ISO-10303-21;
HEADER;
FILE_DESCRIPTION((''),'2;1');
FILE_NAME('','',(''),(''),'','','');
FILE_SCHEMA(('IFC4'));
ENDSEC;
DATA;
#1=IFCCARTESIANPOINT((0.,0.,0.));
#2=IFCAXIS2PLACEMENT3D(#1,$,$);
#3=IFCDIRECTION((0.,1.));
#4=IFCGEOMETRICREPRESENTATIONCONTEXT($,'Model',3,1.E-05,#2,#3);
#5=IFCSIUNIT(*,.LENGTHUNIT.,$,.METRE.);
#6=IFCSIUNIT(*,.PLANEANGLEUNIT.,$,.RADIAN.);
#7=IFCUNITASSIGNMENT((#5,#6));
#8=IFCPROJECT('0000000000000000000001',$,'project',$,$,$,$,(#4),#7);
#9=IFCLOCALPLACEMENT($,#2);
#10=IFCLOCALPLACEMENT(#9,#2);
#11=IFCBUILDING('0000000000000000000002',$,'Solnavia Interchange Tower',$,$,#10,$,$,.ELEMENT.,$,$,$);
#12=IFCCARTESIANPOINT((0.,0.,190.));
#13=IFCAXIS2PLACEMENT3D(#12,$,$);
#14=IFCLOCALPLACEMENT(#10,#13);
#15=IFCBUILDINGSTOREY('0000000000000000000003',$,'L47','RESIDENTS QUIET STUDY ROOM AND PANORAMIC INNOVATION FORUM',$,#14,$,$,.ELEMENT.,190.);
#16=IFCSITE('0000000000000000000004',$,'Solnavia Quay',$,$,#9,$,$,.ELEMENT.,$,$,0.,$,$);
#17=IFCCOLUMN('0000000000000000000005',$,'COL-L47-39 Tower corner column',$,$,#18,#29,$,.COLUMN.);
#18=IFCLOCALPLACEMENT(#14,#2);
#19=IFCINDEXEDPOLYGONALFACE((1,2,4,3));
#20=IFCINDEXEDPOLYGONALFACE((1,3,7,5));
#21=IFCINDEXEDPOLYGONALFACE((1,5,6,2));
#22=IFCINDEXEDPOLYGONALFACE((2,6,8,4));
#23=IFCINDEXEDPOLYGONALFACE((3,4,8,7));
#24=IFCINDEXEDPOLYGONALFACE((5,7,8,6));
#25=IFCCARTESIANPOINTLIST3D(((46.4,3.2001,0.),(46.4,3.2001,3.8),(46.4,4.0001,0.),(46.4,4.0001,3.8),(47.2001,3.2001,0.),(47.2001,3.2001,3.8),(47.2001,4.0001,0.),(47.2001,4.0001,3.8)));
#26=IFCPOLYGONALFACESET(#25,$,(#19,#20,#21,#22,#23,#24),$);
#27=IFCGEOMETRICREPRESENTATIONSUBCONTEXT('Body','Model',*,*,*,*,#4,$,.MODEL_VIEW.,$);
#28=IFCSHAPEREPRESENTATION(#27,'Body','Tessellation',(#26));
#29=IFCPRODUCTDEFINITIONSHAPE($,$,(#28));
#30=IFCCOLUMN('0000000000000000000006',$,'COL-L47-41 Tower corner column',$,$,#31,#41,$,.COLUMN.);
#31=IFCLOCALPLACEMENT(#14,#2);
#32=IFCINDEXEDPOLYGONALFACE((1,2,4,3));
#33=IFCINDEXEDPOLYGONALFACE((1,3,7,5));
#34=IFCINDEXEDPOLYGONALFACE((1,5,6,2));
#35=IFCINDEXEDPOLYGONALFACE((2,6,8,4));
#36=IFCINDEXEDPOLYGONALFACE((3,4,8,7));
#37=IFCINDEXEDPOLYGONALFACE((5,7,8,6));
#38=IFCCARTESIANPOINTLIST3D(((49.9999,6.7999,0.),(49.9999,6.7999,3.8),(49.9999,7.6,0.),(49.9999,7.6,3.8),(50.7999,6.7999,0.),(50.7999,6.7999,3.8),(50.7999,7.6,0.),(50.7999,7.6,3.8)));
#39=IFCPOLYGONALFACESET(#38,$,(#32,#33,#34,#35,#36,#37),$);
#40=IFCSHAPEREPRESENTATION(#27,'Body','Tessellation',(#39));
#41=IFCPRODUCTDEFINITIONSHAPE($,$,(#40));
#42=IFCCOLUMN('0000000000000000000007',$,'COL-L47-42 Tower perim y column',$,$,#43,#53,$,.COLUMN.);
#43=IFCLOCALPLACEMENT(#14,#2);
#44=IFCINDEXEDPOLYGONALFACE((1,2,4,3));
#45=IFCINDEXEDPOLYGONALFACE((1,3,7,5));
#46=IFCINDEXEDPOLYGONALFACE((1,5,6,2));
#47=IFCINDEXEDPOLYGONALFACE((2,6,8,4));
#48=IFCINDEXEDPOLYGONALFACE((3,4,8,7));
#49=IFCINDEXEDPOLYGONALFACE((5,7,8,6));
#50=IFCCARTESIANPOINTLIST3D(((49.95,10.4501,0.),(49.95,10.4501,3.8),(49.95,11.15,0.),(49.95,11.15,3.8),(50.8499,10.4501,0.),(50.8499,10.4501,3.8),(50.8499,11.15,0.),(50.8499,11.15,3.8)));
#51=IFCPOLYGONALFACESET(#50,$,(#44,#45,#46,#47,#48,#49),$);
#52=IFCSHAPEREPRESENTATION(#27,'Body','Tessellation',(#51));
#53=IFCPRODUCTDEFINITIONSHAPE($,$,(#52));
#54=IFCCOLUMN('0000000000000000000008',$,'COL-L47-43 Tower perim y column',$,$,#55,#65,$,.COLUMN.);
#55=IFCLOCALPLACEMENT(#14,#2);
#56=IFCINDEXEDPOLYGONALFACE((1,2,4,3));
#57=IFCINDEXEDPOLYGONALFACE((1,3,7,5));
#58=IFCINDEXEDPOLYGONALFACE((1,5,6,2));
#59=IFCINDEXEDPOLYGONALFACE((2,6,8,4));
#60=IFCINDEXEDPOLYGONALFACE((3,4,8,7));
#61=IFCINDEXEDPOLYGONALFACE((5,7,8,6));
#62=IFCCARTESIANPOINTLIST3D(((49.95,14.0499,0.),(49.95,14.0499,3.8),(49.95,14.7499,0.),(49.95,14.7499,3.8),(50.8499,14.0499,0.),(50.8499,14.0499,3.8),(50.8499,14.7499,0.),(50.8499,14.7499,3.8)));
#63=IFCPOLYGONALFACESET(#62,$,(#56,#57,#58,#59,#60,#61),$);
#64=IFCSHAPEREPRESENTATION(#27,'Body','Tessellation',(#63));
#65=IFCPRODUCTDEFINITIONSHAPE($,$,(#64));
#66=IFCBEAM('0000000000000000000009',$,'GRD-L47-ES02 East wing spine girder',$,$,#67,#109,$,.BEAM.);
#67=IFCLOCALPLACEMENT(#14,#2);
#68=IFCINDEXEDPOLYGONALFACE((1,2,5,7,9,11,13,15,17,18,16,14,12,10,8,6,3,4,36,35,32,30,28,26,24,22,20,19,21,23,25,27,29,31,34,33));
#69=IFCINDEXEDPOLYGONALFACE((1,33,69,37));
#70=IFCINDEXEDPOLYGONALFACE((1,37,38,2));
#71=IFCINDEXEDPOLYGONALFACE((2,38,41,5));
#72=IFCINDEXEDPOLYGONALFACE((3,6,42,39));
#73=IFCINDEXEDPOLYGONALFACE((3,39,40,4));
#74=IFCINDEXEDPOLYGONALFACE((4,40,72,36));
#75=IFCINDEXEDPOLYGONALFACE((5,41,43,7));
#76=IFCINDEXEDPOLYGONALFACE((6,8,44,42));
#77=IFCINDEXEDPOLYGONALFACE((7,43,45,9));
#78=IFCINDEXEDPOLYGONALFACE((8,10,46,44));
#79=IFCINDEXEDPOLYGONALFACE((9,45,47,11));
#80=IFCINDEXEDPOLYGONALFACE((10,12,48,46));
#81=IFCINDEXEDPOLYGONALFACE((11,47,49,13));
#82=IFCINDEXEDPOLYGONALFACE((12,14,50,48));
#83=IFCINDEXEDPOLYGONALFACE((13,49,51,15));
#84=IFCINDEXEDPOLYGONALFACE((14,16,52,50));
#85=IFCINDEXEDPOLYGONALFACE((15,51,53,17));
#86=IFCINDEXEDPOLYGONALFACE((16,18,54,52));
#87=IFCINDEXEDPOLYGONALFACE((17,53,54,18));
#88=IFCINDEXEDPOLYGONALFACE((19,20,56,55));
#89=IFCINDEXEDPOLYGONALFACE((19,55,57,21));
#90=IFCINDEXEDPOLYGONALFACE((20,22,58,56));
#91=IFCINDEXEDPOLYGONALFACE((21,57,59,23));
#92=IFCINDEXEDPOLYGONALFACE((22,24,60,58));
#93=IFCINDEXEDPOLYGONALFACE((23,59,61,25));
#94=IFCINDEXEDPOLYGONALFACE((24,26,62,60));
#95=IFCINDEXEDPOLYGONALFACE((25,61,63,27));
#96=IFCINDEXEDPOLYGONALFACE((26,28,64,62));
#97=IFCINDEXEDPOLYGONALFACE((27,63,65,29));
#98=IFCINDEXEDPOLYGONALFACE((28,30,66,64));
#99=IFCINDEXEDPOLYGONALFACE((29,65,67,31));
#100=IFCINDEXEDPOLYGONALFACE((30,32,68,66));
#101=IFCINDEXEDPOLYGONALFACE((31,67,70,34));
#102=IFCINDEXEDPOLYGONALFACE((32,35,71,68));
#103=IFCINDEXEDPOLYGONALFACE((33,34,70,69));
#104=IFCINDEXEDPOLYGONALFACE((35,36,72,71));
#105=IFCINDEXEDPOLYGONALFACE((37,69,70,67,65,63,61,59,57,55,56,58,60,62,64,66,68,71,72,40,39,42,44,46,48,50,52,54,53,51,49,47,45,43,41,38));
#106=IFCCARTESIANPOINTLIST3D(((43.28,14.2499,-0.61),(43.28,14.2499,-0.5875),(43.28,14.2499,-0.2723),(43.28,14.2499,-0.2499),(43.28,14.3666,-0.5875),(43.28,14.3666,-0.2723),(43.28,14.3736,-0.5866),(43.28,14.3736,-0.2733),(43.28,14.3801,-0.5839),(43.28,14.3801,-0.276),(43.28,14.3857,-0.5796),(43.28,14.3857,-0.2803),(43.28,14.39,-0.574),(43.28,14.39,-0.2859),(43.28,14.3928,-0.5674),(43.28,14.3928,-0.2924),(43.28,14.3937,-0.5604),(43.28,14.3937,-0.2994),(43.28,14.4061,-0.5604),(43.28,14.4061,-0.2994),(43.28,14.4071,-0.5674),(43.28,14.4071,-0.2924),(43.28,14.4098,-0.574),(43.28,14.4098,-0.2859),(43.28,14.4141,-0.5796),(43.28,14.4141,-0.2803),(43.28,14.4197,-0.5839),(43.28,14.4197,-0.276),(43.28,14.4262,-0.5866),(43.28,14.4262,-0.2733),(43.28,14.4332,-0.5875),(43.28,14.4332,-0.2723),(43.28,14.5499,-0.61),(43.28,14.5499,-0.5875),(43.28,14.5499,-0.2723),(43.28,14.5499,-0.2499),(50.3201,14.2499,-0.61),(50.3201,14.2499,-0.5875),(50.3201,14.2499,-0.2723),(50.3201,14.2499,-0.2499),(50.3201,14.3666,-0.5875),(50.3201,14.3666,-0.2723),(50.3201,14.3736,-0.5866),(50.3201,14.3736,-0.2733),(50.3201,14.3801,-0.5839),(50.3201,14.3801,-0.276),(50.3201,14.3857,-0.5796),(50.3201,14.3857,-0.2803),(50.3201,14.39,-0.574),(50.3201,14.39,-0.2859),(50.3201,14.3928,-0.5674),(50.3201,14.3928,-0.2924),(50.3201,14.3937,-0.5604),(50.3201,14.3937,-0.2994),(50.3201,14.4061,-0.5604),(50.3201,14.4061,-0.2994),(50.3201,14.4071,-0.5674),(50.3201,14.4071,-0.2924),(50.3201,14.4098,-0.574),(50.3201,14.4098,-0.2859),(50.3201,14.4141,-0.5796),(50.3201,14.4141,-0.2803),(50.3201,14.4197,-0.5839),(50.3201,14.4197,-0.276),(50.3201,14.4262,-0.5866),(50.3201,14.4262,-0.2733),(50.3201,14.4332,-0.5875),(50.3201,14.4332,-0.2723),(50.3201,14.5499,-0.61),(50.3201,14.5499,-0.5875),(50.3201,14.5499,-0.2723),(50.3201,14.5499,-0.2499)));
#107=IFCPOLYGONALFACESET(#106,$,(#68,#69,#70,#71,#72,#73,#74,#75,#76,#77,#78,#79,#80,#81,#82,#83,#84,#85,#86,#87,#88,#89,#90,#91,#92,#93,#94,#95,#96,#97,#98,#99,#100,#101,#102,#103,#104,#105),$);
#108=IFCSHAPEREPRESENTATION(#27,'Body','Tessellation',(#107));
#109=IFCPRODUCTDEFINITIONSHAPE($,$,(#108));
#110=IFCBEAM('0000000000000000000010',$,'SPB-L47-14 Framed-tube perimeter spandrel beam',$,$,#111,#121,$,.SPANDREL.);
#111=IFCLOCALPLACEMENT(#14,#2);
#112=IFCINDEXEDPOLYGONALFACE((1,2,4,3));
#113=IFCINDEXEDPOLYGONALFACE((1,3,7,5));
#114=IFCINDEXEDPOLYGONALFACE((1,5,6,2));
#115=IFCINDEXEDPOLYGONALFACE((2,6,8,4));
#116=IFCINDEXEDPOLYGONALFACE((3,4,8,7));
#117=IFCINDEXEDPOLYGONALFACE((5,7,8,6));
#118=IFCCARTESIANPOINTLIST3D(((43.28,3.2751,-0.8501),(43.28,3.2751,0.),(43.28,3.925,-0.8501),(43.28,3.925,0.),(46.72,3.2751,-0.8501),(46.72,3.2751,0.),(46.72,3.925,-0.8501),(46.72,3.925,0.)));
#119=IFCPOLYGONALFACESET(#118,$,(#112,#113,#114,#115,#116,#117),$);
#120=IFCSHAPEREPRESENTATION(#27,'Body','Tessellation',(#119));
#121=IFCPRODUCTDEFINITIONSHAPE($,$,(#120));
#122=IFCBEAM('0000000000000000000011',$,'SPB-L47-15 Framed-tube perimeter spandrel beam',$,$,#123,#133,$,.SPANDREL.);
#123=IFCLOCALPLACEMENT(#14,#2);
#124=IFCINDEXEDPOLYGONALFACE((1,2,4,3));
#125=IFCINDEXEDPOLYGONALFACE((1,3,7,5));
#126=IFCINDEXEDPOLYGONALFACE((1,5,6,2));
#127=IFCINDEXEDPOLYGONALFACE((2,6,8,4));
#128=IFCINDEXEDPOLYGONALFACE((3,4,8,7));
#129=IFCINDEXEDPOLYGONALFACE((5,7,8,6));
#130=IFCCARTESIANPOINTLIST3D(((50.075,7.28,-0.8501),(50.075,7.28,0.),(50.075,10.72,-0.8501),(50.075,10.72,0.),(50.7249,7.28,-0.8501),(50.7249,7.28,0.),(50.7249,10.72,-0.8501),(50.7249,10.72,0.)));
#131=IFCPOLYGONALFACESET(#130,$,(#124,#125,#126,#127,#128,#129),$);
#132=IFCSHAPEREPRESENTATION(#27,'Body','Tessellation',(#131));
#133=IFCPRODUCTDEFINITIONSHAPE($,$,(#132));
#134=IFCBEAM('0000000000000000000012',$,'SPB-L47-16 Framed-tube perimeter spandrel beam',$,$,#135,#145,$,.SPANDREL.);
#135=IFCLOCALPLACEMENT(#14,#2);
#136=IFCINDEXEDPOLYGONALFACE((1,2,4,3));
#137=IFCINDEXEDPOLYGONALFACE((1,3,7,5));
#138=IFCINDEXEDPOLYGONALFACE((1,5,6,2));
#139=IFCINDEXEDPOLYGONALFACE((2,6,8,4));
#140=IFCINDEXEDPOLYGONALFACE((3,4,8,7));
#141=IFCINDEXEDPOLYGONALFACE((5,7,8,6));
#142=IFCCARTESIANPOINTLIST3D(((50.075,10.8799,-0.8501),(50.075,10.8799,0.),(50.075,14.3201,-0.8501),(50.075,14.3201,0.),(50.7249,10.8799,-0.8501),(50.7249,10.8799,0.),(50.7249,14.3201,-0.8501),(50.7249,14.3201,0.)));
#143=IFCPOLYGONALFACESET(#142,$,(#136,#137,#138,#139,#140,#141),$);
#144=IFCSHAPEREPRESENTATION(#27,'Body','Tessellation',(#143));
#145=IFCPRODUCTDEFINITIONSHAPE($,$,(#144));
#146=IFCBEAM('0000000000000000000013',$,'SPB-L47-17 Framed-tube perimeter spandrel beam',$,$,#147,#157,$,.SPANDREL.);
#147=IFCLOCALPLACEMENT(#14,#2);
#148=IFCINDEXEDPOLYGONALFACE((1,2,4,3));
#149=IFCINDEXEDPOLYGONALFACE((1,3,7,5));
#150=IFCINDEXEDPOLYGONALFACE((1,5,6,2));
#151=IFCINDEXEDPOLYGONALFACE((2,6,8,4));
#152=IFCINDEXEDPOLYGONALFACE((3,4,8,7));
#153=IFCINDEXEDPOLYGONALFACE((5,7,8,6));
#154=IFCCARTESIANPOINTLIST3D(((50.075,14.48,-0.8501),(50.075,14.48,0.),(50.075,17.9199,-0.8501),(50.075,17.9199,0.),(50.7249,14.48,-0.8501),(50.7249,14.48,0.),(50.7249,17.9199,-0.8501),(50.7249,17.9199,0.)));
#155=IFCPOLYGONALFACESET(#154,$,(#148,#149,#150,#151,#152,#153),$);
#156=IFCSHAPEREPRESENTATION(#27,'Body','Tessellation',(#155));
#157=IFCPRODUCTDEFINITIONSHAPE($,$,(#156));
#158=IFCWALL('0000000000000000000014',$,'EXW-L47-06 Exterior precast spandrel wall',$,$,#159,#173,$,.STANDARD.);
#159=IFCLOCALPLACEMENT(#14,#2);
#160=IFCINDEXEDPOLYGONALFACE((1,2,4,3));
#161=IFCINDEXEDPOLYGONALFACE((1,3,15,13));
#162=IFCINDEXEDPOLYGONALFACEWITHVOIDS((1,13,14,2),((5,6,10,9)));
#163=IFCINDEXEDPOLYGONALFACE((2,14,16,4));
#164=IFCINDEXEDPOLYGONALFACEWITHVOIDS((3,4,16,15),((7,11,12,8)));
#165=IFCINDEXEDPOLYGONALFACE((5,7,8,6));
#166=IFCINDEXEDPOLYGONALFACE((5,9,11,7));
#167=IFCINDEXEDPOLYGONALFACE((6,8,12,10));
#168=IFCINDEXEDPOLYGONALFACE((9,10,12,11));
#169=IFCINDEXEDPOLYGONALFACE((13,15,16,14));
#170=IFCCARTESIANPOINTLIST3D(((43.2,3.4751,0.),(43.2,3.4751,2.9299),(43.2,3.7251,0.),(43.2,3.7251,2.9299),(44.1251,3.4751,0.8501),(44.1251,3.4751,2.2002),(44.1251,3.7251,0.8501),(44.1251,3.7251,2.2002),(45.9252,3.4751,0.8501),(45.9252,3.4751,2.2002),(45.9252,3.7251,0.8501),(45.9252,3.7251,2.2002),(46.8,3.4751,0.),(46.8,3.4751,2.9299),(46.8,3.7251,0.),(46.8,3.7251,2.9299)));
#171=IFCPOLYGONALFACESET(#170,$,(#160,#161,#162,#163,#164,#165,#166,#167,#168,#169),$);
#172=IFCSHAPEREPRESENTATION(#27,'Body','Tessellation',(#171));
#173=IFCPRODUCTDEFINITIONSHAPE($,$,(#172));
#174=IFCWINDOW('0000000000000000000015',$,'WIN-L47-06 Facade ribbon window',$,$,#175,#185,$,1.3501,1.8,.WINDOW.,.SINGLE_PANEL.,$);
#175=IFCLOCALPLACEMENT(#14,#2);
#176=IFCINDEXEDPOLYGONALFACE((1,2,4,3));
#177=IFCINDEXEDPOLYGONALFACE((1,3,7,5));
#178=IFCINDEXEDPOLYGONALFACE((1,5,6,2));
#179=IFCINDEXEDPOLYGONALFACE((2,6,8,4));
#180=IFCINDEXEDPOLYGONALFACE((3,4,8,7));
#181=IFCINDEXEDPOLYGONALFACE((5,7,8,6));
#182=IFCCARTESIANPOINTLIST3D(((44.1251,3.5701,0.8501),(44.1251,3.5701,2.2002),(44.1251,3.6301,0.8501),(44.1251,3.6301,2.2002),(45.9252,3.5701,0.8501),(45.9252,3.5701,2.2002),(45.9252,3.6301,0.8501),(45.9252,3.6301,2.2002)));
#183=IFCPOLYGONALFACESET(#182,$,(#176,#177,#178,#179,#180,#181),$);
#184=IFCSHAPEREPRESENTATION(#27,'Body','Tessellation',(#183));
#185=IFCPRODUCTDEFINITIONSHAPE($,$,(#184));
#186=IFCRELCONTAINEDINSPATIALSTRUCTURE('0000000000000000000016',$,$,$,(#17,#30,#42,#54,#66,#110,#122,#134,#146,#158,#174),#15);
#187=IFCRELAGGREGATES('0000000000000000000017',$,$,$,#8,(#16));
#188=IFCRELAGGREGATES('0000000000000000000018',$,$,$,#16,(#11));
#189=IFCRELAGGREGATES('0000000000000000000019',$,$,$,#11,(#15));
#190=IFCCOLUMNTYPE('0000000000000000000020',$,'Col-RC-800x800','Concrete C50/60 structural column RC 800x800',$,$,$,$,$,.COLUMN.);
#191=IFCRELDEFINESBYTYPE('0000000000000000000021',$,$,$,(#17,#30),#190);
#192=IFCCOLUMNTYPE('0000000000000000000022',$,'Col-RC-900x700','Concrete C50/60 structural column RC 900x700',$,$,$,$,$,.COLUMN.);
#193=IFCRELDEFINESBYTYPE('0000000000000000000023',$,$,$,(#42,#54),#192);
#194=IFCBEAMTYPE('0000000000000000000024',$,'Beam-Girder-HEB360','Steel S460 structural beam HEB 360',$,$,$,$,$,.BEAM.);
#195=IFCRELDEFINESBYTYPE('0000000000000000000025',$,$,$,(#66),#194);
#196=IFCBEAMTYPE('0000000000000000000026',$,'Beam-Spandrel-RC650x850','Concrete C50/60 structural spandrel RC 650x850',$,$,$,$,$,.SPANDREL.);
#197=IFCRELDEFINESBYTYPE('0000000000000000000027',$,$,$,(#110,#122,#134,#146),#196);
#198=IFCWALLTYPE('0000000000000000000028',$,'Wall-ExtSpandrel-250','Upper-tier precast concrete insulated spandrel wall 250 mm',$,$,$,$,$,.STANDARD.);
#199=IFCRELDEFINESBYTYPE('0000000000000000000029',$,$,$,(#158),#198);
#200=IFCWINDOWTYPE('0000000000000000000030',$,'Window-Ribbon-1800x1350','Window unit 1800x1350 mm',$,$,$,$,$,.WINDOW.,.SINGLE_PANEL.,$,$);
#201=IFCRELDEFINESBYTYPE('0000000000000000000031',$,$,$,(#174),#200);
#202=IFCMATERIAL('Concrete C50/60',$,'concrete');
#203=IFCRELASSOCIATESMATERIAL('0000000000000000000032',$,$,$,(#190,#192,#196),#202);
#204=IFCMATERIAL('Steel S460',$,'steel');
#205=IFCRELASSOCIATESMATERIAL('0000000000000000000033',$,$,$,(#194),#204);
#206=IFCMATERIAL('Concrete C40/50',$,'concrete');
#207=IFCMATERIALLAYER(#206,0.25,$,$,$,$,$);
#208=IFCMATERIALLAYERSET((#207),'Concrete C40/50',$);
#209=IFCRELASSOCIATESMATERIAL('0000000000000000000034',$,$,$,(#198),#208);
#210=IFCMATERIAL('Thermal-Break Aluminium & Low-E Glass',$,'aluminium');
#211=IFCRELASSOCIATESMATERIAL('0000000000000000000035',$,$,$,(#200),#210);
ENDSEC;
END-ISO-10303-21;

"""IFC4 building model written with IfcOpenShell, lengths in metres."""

from ifc_helpers import new_model, si_unit, direction, frame, frame_2d, origin, origin_2d, place, context, subcontext, project, spatial, rectangle, i_section, extrude, material, layer, layer_set, material_profile, profile_set, type_object, element, fill, save


model = new_model("IFC4")

# Units and contexts
model_context = context("Model", 3, precision=1e-05, world=origin(), true_north=direction((0.0, 1.0)))
body_context = subcontext(model_context, "Body", "Model", "MODEL_VIEW")
ifc_project = project(units=[si_unit("LENGTHUNIT", "METRE"), si_unit("PLANEANGLEUNIT", "RADIAN")], contexts=[model_context])

# Site, building, storey
site_placement = place(None, origin())
site = spatial("IfcSite", under=ifc_project, at=site_placement, Name="Solnavia Quay", CompositionType="ELEMENT", RefElevation=0.0)
building_placement = place(site_placement, origin())
building = spatial("IfcBuilding", under=site, at=building_placement, Name="Solnavia Interchange Tower", CompositionType="ELEMENT")
storey_placement = place(building_placement, frame((0.0, 0.0, 190.0)))
storey = spatial("IfcBuildingStorey", under=building, at=storey_placement, Name="L47", Description="RESIDENTS QUIET STUDY ROOM AND PANORAMIC INNOVATION FORUM", CompositionType="ELEMENT", Elevation=190.0)

# Columns
ifc_material_1 = material(Name="Concrete C50/60", Category="concrete")
ifc_material_profile_1 = material_profile(ifc_material_1, rectangle(XDim=0.8, YDim=0.8, at=origin_2d()), Name="RC 800x800")
ifc_profile_set_1 = profile_set([ifc_material_profile_1], Name="Concrete C50/60")
column_type_1 = type_object("IfcColumnType", Name="Col-RC-800x800", Description="Concrete C50/60 structural column RC 800x800", PredefinedType="COLUMN", material=ifc_profile_set_1)
for number, where, z_axis, x_axis, name in (
    (1, (46.8, 3.6001, 0.0), (0.0, 0.0, 1.0), (1.0, 0.0, 0.0), "COL-L47-39 Tower corner column"),
    (2, (50.3999, 7.2, 0.0), (0.0, 0.0, 1.0), (1.0, 0.0, 0.0), "COL-L47-41 Tower corner column"),
):
    element("IfcColumn", number, at=place(storey_placement, frame(where, z_axis=z_axis, x_axis=x_axis)), inside=storey, type_object=column_type_1, Name=name, PredefinedType="COLUMN", context=body_context, shape_type="SweptSolid", body=[
        extrude(rectangle(XDim=0.8, YDim=0.8, at=origin_2d()), origin(), (0.0, 0.0, 1.0), 3.8),
    ])
ifc_material_profile_2 = material_profile(ifc_material_1, rectangle(XDim=0.7, YDim=0.8999, at=origin_2d()), Name="RC 900x700")
ifc_profile_set_2 = profile_set([ifc_material_profile_2], Name="Concrete C50/60")
column_type_2 = type_object("IfcColumnType", Name="Col-RC-900x700", Description="Concrete C50/60 structural column RC 900x700", PredefinedType="COLUMN", material=ifc_profile_set_2)
for number, where, z_axis, x_axis, name in (
    (3, (50.3999, 10.8, 0.0), (0.0, 0.0, 1.0), (0.0, 1.0, 0.0), "COL-L47-42 Tower perim y column"),
    (4, (50.3999, 14.3999, 0.0), (0.0, 0.0, 1.0), (0.0, 1.0, 0.0), "COL-L47-43 Tower perim y column"),
):
    element("IfcColumn", number, at=place(storey_placement, frame(where, z_axis=z_axis, x_axis=x_axis)), inside=storey, type_object=column_type_2, Name=name, PredefinedType="COLUMN", context=body_context, shape_type="SweptSolid", body=[
        extrude(rectangle(XDim=0.7, YDim=0.8999, at=origin_2d()), origin(), (0.0, 0.0, 1.0), 3.8),
    ])

# Beams
ifc_material_2 = material(Name="Steel S460", Category="steel")
ifc_material_profile_3 = material_profile(ifc_material_2, i_section(OverallWidth=0.3, OverallDepth=0.3601, WebThickness=0.0125, FlangeThickness=0.0225, FilletRadius=0.0271, at=origin_2d()), Name="HEB 360")
ifc_profile_set_3 = profile_set([ifc_material_profile_3], Name="Steel S460")
beam_type_1 = type_object("IfcBeamType", Name="Beam-Girder-HEB360", Description="Steel S460 structural beam HEB 360", PredefinedType="BEAM", material=ifc_profile_set_3)
beam_1_placement = place(storey_placement, frame((43.28, 14.3999, -0.4299), z_axis=(1.0, 0.0, 0.0), x_axis=(0.0, 1.0, 0.0)))
element("IfcBeam", 5, at=beam_1_placement, inside=storey, type_object=beam_type_1, Name="GRD-L47-ES02 East wing spine girder", PredefinedType="BEAM", context=body_context, shape_type="SweptSolid", body=[
    extrude(i_section(OverallWidth=0.3, OverallDepth=0.3601, WebThickness=0.0125, FlangeThickness=0.0225, FilletRadius=0.0271, at=origin_2d()), origin(), (0.0, 0.0, 1.0), 7.04),
])
ifc_material_profile_4 = material_profile(ifc_material_1, rectangle(XDim=0.6499, YDim=0.8501, at=origin_2d()), Name="RC 650x850")
ifc_profile_set_4 = profile_set([ifc_material_profile_4], Name="Concrete C50/60")
beam_type_2 = type_object("IfcBeamType", Name="Beam-Spandrel-RC650x850", Description="Concrete C50/60 structural spandrel RC 650x850", PredefinedType="SPANDREL", material=ifc_profile_set_4)
for number, where, z_axis, x_axis, name in (
    (6, (43.28, 3.6001, -0.425), (1.0, 0.0, 0.0), (0.0, 1.0, 0.0), "SPB-L47-14 Framed-tube perimeter spandrel beam"),
    (7, (50.3999, 7.28, -0.425), (0.0, 1.0, 0.0), (-1.0, 0.0, 0.0), "SPB-L47-15 Framed-tube perimeter spandrel beam"),
):
    element("IfcBeam", number, at=place(storey_placement, frame(where, z_axis=z_axis, x_axis=x_axis)), inside=storey, type_object=beam_type_2, Name=name, PredefinedType="SPANDREL", context=body_context, shape_type="SweptSolid", body=[
        extrude(rectangle(XDim=0.6499, YDim=0.8501, at=origin_2d()), origin(), (0.0, 0.0, 1.0), 3.4399),
    ])
beam_2_placement = place(storey_placement, frame((50.3999, 10.8799, -0.425), z_axis=(0.0, 1.0, 0.0), x_axis=(-1.0, 0.0, 0.0)))
element("IfcBeam", 8, at=beam_2_placement, inside=storey, type_object=beam_type_2, Name="SPB-L47-16 Framed-tube perimeter spandrel beam", PredefinedType="SPANDREL", context=body_context, shape_type="SweptSolid", body=[
    extrude(rectangle(XDim=0.6499, YDim=0.8501, at=origin_2d()), origin(), (0.0, 0.0, 1.0), 3.4402),
])
beam_3_placement = place(storey_placement, frame((50.3999, 14.48, -0.425), z_axis=(0.0, 1.0, 0.0), x_axis=(-1.0, 0.0, 0.0)))
element("IfcBeam", 9, at=beam_3_placement, inside=storey, type_object=beam_type_2, Name="SPB-L47-17 Framed-tube perimeter spandrel beam", PredefinedType="SPANDREL", context=body_context, shape_type="SweptSolid", body=[
    extrude(rectangle(XDim=0.6499, YDim=0.8501, at=origin_2d()), origin(), (0.0, 0.0, 1.0), 3.4399),
])

# Wall, opening, window
ifc_material_3 = material(Name="Concrete C40/50", Category="concrete")
ifc_layer_1 = layer(ifc_material_3, 0.25)
ifc_layer_set_1 = layer_set([ifc_layer_1], Name="Concrete C40/50")
wall_type = type_object("IfcWallType", Name="Wall-ExtSpandrel-250", Description="Upper-tier precast concrete insulated spandrel wall 250 mm", PredefinedType="STANDARD", material=ifc_layer_set_1)
wall_1_placement = place(storey_placement, frame((46.8, 3.6001, 0.0), z_axis=(0.0, 0.0, 1.0), x_axis=(-1.0, 0.0, 0.0)))
wall_1 = element("IfcWall", 10, at=wall_1_placement, inside=storey, type_object=wall_type, Name="EXW-L47-06 Exterior precast spandrel wall", PredefinedType="STANDARD", context=body_context, shape_type="SweptSolid", body=[
    extrude(rectangle(XDim=3.6001, YDim=0.25, at=frame_2d((1.8, 0.0))), origin(), (0.0, 0.0, 1.0), 2.9299),
])
opening_1_placement = place(wall_1_placement, frame((0.875, 0.0, 0.8501)))
opening_1 = element("IfcOpeningElement", 11, at=opening_1_placement, cuts=wall_1, PredefinedType="OPENING", context=body_context, shape_type="SweptSolid", body=[
    extrude(rectangle(XDim=1.8, YDim=1.3501, at=frame_2d((0.8999, 0.675))), frame((0.0, 0.135, 0.0), z_axis=(0.0, -1.0, 0.0), x_axis=(1.0, 0.0, 0.0)), (0.0, 0.0, 1.0), 0.27),
])
ifc_material_4 = material(Name="Thermal-Break Aluminium & Low-E Glass", Category="aluminium")
window_type = type_object("IfcWindowType", Name="Window-Ribbon-1800x1350", Description="Window unit 1800x1350 mm", PartitioningType="SINGLE_PANEL", PredefinedType="WINDOW", material=ifc_material_4)
window_1_placement = place(opening_1_placement, origin())
window_1 = element("IfcWindow", 12, at=window_1_placement, inside=storey, type_object=window_type, Name="WIN-L47-06 Facade ribbon window", OverallHeight=1.3501, OverallWidth=1.8, PartitioningType="SINGLE_PANEL", PredefinedType="WINDOW", context=body_context, shape_type="SweptSolid", body=[
    extrude(rectangle(XDim=1.8, YDim=1.3501, at=frame_2d((0.8999, 0.675))), frame((0.0, 0.03, 0.0), z_axis=(0.0, -1.0, 0.0), x_axis=(1.0, 0.0, 0.0)), (0.0, 0.0, 1.0), 0.0601),
])
fill(opening_1, window_1)

save(model, "model.ifc")
